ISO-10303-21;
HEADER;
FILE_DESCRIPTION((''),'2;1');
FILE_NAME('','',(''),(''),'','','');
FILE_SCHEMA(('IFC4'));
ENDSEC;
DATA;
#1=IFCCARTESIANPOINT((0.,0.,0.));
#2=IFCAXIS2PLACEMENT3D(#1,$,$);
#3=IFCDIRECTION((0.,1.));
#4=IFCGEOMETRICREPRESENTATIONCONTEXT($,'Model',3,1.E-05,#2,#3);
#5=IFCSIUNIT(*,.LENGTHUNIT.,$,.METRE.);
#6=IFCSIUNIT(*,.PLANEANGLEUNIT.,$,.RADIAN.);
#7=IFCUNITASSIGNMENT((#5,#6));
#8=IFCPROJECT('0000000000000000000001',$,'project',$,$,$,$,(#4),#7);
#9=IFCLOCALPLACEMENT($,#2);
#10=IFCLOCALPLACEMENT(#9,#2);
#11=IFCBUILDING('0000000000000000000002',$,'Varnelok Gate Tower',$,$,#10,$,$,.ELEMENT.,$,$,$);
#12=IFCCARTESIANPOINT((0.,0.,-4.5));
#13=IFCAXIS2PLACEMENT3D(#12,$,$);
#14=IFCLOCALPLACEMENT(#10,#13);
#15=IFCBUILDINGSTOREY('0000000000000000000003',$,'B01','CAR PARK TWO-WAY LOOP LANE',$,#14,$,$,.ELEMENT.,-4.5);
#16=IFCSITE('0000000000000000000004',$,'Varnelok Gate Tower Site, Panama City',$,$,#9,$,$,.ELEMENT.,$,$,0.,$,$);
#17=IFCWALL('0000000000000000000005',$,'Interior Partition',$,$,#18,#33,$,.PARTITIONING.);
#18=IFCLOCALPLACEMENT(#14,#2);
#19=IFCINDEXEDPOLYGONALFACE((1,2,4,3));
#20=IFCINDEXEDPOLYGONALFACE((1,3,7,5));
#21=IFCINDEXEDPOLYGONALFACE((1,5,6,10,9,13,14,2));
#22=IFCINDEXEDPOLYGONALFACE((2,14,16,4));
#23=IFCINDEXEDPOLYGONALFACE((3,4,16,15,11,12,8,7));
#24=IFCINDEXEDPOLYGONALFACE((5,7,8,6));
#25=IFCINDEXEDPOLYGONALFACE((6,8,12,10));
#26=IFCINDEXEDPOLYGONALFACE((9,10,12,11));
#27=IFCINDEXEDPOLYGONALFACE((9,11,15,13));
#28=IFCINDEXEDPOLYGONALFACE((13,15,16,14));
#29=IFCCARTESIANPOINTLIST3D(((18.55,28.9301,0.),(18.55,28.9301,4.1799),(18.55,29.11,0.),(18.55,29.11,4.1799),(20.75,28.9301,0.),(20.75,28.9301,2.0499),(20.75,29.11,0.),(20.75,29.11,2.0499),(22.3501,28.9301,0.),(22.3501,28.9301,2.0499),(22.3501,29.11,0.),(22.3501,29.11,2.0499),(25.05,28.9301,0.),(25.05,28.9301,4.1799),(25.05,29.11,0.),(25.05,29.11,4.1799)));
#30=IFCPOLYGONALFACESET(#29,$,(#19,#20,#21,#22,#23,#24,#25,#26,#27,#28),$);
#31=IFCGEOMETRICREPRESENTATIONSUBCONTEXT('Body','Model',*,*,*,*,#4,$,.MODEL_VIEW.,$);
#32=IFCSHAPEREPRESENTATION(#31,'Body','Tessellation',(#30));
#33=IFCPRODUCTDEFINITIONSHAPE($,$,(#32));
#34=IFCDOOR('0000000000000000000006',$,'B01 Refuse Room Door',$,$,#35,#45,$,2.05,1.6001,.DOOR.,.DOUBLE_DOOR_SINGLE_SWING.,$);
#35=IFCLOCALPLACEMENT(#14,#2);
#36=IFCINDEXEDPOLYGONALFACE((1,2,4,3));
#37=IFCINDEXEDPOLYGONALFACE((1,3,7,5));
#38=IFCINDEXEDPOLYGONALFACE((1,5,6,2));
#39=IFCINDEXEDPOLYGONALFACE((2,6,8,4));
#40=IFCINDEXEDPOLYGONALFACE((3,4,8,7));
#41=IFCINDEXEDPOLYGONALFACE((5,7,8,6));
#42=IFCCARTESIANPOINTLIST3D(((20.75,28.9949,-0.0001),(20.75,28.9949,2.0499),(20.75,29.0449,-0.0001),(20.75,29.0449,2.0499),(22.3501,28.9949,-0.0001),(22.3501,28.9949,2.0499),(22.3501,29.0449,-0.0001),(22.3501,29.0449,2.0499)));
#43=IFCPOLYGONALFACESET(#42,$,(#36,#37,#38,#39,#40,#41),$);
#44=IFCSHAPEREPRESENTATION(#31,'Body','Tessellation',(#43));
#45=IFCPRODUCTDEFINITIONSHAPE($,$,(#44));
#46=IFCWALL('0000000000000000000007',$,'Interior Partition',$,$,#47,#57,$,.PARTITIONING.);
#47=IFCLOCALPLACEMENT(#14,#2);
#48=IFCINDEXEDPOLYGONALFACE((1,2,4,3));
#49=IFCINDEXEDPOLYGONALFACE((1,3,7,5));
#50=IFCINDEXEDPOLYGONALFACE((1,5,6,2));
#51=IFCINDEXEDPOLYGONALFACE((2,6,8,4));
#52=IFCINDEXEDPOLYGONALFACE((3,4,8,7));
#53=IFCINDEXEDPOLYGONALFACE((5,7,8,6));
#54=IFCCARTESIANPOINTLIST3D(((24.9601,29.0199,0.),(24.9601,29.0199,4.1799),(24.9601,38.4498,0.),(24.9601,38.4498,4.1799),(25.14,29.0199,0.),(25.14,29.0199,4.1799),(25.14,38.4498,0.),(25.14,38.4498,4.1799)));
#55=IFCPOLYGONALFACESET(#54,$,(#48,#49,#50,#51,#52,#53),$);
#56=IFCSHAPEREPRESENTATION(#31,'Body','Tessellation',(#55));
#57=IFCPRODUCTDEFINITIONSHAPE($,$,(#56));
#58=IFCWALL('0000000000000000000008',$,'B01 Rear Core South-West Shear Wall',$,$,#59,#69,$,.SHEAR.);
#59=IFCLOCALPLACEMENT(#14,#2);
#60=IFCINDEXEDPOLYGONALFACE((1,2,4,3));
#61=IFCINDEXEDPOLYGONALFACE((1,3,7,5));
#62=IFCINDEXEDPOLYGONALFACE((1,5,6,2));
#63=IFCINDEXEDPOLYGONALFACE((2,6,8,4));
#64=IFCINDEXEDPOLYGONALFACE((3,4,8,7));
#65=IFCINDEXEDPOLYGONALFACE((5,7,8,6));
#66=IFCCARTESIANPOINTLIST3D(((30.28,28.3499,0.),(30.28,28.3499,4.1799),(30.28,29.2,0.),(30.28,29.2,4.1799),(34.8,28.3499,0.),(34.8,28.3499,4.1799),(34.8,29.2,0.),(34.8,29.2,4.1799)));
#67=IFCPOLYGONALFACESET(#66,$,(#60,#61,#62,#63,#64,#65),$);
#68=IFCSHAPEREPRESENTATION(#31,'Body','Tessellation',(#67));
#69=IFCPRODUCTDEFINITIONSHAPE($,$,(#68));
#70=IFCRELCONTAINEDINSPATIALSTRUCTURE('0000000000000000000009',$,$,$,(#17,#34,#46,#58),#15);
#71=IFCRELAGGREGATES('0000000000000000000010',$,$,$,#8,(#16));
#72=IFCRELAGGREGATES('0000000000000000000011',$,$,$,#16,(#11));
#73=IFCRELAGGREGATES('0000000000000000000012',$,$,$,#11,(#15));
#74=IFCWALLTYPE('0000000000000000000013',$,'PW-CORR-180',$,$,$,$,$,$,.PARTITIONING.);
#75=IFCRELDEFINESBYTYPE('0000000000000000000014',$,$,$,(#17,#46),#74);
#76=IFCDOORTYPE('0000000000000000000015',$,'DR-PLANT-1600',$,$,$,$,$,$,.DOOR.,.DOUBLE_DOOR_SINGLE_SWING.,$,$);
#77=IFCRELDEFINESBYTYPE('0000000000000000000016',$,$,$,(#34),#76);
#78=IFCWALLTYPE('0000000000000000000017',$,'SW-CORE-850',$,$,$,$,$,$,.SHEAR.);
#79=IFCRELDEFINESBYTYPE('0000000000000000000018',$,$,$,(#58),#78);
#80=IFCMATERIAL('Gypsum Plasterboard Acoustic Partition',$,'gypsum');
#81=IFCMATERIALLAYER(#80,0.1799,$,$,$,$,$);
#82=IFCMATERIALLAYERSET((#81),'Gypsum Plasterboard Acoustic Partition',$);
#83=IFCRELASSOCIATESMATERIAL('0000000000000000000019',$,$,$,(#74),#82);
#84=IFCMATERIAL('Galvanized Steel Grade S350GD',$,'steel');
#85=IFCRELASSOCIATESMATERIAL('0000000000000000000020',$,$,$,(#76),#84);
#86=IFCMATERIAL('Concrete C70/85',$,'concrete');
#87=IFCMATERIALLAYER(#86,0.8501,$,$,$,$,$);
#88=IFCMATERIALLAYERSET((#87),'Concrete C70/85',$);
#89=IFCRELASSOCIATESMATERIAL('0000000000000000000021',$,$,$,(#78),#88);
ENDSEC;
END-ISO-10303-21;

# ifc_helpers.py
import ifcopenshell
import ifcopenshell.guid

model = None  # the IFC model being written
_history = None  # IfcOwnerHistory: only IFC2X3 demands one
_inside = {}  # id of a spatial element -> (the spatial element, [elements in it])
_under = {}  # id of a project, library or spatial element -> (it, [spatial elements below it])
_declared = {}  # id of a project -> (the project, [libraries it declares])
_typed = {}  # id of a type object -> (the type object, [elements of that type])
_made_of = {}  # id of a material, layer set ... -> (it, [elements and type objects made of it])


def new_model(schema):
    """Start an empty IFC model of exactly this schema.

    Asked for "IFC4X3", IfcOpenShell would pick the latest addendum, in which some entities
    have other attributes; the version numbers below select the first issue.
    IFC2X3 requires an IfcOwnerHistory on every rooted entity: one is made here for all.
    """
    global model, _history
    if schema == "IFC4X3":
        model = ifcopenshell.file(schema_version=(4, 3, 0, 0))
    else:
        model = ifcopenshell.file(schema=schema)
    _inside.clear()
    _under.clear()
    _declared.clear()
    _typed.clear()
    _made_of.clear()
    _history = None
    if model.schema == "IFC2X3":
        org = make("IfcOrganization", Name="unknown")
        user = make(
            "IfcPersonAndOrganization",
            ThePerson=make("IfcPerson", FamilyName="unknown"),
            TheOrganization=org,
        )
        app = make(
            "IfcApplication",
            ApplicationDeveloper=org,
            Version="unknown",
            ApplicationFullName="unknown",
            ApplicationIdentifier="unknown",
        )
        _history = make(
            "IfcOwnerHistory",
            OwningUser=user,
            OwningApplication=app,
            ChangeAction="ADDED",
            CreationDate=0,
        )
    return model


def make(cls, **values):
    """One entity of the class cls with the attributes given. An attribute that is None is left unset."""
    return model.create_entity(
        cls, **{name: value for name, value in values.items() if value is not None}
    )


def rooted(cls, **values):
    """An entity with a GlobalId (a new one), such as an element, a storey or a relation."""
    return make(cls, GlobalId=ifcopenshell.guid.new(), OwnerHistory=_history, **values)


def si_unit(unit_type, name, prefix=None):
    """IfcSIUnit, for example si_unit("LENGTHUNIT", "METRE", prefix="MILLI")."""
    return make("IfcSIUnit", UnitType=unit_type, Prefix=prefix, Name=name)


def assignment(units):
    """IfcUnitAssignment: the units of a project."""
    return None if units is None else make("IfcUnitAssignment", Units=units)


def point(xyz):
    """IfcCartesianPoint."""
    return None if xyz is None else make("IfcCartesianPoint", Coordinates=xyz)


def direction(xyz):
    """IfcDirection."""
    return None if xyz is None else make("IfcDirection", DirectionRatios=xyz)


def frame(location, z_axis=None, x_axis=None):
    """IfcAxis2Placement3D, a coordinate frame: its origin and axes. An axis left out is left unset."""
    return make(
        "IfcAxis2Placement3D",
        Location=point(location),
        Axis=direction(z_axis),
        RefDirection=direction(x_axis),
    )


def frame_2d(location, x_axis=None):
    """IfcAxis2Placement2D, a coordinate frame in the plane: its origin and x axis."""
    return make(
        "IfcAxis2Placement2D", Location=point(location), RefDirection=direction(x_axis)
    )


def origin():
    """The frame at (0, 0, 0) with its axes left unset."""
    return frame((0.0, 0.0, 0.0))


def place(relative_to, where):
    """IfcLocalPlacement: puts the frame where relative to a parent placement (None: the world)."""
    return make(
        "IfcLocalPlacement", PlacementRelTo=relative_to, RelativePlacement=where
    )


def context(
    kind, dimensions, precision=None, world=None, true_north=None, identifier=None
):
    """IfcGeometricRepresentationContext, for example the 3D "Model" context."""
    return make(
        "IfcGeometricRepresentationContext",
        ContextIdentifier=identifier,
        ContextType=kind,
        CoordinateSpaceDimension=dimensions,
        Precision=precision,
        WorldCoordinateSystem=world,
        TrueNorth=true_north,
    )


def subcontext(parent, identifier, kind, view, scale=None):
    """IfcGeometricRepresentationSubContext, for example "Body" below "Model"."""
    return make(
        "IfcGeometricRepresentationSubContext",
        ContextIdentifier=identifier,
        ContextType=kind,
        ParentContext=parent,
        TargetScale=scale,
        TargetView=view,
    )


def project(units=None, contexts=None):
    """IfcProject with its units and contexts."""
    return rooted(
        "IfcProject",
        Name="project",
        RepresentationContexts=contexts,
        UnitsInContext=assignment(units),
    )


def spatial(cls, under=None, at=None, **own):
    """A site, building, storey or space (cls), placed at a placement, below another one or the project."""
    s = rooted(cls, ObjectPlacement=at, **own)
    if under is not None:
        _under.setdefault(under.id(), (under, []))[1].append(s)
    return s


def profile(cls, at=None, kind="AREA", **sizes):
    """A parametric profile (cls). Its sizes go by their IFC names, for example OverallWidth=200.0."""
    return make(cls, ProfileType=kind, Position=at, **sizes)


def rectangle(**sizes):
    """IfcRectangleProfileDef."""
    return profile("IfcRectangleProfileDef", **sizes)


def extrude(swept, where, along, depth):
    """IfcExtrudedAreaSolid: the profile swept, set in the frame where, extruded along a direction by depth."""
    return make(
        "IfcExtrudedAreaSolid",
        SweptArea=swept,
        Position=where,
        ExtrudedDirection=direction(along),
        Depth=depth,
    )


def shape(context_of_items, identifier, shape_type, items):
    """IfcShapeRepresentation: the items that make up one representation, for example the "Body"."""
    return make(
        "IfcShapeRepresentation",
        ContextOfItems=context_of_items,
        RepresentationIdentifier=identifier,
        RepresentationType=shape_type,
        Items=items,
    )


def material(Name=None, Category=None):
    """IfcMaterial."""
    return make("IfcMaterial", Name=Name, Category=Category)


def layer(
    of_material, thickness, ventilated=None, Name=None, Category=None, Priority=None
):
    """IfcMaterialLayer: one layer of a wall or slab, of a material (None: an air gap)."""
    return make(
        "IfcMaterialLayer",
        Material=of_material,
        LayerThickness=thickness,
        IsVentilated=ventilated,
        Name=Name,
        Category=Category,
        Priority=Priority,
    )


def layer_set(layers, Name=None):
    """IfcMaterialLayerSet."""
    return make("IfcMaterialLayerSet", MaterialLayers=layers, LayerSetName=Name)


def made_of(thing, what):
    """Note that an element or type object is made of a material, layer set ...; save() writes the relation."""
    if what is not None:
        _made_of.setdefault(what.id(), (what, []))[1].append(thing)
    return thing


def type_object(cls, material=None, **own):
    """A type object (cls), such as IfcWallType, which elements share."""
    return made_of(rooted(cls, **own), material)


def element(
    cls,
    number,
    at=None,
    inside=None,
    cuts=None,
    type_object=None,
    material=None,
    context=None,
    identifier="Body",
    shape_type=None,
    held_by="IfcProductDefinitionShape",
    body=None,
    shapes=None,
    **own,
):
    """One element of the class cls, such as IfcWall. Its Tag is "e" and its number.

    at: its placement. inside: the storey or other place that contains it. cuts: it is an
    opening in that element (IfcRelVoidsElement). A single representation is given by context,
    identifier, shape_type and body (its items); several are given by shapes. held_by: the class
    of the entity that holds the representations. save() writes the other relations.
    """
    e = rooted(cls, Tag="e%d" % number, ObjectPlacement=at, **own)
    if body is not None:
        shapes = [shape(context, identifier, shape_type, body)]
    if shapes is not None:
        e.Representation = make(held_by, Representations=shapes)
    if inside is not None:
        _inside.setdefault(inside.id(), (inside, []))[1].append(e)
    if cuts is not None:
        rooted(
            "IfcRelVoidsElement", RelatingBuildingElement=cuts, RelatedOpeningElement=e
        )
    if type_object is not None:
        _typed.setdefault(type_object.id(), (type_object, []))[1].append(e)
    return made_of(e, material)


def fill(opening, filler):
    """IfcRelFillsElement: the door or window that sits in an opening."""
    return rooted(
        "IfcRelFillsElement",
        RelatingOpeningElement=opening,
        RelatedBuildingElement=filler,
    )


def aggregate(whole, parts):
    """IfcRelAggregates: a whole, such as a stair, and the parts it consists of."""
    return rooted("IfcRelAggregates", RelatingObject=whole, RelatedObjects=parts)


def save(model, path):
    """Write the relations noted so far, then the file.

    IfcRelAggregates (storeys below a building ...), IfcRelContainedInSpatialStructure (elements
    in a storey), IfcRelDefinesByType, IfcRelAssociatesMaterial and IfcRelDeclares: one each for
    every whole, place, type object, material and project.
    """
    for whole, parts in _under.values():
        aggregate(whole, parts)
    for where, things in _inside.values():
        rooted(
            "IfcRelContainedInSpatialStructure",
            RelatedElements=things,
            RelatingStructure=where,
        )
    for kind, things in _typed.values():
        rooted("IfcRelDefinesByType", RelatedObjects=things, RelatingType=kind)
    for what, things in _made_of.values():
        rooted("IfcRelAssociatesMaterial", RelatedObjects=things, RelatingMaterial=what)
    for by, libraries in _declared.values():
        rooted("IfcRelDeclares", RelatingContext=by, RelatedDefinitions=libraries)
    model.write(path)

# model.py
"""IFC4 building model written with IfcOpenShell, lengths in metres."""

from ifc_helpers import new_model, si_unit, direction, frame, frame_2d, origin, place, context, subcontext, project, spatial, rectangle, extrude, material, layer, layer_set, type_object, element, fill, save


model = new_model("IFC4")

# Units and contexts
model_context = context("Model", 3, precision=1e-05, world=origin(), true_north=direction((0.0, 1.0)))
body_context = subcontext(model_context, "Body", "Model", "MODEL_VIEW")
ifc_project = project(units=[si_unit("LENGTHUNIT", "METRE"), si_unit("PLANEANGLEUNIT", "RADIAN")], contexts=[model_context])

# Site, building, storey
site_placement = place(None, origin())
site = spatial("IfcSite", under=ifc_project, at=site_placement, Name="Varnelok Gate Tower Site, Panama City", CompositionType="ELEMENT", RefElevation=0.0)
building_placement = place(site_placement, origin())
building = spatial("IfcBuilding", under=site, at=building_placement, Name="Varnelok Gate Tower", CompositionType="ELEMENT")
storey_placement = place(building_placement, frame((0.0, 0.0, -4.5)))
storey = spatial("IfcBuildingStorey", under=building, at=storey_placement, Name="B01", Description="CAR PARK TWO-WAY LOOP LANE", CompositionType="ELEMENT", Elevation=-4.5)

# Shared definitions
ifc_material_1 = material(Name="Concrete C70/85", Category="concrete")

# Shared definitions
ifc_material_2 = material(Name="Gypsum Plasterboard Acoustic Partition", Category="gypsum")
ifc_layer_1 = layer(ifc_material_2, 0.1799)
ifc_layer_set_1 = layer_set([ifc_layer_1], Name="Gypsum Plasterboard Acoustic Partition")
wall_type_1 = type_object("IfcWallType", Name="PW-CORR-180", PredefinedType="PARTITIONING", material=ifc_layer_set_1)
ifc_material_3 = material(Name="Galvanized Steel Grade S350GD", Category="steel")

# Wall, opening, door
wall_1_placement = place(storey_placement, frame((18.55, 29.02, 0.0), z_axis=(0.0, 0.0, 1.0), x_axis=(1.0, 0.0, 0.0)))
wall_1 = element("IfcWall", 1, at=wall_1_placement, inside=storey, type_object=wall_type_1, Name="Interior Partition", PredefinedType="PARTITIONING", context=body_context, shape_type="SweptSolid", body=[
    extrude(rectangle(XDim=6.5, YDim=0.1799, at=frame_2d((3.25, 0.0))), origin(), (0.0, 0.0, 1.0), 4.1799),
])
opening_1_placement = place(wall_1_placement, frame((2.2, 0.0, 0.0)))
opening_1 = element("IfcOpeningElement", 2, at=opening_1_placement, cuts=wall_1, PredefinedType="OPENING", context=body_context, shape_type="SweptSolid", body=[
    extrude(rectangle(XDim=1.6001, YDim=2.05, at=frame_2d((0.8, 1.0249))), frame((0.0, 0.0999, 0.0), z_axis=(0.0, -1.0, 0.0), x_axis=(1.0, 0.0, 0.0)), (0.0, 0.0, 1.0), 0.2),
])
door_type_1 = type_object("IfcDoorType", Name="DR-PLANT-1600", OperationType="DOUBLE_DOOR_SINGLE_SWING", PredefinedType="DOOR", material=ifc_material_3)
door_1_placement = place(opening_1_placement, origin())
door_1 = element("IfcDoor", 3, at=door_1_placement, inside=storey, type_object=door_type_1, Name="B01 Refuse Room Door", OperationType="DOUBLE_DOOR_SINGLE_SWING", OverallHeight=2.05, OverallWidth=1.6001, PredefinedType="DOOR", context=body_context, shape_type="SweptSolid", body=[
    extrude(rectangle(XDim=1.6001, YDim=2.05, at=frame_2d((0.8, 1.0249))), frame((0.0, 0.0249, 0.0), z_axis=(0.0, -1.0, 0.0), x_axis=(1.0, 0.0, 0.0)), (0.0, 0.0, 1.0), 0.05),
])
fill(opening_1, door_1)

# Walls
wall_2_placement = place(storey_placement, frame((25.05, 29.02, 0.0), z_axis=(0.0, 0.0, 1.0), x_axis=(0.0, 1.0, 0.0)))
element("IfcWall", 4, at=wall_2_placement, inside=storey, type_object=wall_type_1, Name="Interior Partition", PredefinedType="PARTITIONING", context=body_context, shape_type="SweptSolid", body=[
    extrude(rectangle(XDim=9.4299, YDim=0.1799, at=frame_2d((4.7148, 0.0))), origin(), (0.0, 0.0, 1.0), 4.1799),
])
ifc_layer_2 = layer(ifc_material_1, 0.8501)
ifc_layer_set_2 = layer_set([ifc_layer_2], Name="Concrete C70/85")
wall_type_2 = type_object("IfcWallType", Name="SW-CORE-850", PredefinedType="SHEAR", material=ifc_layer_set_2)
wall_3_placement = place(storey_placement, frame((30.28, 28.7749, 0.0), z_axis=(0.0, 0.0, 1.0), x_axis=(1.0, 0.0, 0.0)))
element("IfcWall", 5, at=wall_3_placement, inside=storey, type_object=wall_type_2, Name="B01 Rear Core South-West Shear Wall", PredefinedType="SHEAR", context=body_context, shape_type="SweptSolid", body=[
    extrude(rectangle(XDim=4.52, YDim=0.8501, at=frame_2d((2.26, 0.0))), origin(), (0.0, 0.0, 1.0), 4.1799),
])

save(model, "model.ifc")
